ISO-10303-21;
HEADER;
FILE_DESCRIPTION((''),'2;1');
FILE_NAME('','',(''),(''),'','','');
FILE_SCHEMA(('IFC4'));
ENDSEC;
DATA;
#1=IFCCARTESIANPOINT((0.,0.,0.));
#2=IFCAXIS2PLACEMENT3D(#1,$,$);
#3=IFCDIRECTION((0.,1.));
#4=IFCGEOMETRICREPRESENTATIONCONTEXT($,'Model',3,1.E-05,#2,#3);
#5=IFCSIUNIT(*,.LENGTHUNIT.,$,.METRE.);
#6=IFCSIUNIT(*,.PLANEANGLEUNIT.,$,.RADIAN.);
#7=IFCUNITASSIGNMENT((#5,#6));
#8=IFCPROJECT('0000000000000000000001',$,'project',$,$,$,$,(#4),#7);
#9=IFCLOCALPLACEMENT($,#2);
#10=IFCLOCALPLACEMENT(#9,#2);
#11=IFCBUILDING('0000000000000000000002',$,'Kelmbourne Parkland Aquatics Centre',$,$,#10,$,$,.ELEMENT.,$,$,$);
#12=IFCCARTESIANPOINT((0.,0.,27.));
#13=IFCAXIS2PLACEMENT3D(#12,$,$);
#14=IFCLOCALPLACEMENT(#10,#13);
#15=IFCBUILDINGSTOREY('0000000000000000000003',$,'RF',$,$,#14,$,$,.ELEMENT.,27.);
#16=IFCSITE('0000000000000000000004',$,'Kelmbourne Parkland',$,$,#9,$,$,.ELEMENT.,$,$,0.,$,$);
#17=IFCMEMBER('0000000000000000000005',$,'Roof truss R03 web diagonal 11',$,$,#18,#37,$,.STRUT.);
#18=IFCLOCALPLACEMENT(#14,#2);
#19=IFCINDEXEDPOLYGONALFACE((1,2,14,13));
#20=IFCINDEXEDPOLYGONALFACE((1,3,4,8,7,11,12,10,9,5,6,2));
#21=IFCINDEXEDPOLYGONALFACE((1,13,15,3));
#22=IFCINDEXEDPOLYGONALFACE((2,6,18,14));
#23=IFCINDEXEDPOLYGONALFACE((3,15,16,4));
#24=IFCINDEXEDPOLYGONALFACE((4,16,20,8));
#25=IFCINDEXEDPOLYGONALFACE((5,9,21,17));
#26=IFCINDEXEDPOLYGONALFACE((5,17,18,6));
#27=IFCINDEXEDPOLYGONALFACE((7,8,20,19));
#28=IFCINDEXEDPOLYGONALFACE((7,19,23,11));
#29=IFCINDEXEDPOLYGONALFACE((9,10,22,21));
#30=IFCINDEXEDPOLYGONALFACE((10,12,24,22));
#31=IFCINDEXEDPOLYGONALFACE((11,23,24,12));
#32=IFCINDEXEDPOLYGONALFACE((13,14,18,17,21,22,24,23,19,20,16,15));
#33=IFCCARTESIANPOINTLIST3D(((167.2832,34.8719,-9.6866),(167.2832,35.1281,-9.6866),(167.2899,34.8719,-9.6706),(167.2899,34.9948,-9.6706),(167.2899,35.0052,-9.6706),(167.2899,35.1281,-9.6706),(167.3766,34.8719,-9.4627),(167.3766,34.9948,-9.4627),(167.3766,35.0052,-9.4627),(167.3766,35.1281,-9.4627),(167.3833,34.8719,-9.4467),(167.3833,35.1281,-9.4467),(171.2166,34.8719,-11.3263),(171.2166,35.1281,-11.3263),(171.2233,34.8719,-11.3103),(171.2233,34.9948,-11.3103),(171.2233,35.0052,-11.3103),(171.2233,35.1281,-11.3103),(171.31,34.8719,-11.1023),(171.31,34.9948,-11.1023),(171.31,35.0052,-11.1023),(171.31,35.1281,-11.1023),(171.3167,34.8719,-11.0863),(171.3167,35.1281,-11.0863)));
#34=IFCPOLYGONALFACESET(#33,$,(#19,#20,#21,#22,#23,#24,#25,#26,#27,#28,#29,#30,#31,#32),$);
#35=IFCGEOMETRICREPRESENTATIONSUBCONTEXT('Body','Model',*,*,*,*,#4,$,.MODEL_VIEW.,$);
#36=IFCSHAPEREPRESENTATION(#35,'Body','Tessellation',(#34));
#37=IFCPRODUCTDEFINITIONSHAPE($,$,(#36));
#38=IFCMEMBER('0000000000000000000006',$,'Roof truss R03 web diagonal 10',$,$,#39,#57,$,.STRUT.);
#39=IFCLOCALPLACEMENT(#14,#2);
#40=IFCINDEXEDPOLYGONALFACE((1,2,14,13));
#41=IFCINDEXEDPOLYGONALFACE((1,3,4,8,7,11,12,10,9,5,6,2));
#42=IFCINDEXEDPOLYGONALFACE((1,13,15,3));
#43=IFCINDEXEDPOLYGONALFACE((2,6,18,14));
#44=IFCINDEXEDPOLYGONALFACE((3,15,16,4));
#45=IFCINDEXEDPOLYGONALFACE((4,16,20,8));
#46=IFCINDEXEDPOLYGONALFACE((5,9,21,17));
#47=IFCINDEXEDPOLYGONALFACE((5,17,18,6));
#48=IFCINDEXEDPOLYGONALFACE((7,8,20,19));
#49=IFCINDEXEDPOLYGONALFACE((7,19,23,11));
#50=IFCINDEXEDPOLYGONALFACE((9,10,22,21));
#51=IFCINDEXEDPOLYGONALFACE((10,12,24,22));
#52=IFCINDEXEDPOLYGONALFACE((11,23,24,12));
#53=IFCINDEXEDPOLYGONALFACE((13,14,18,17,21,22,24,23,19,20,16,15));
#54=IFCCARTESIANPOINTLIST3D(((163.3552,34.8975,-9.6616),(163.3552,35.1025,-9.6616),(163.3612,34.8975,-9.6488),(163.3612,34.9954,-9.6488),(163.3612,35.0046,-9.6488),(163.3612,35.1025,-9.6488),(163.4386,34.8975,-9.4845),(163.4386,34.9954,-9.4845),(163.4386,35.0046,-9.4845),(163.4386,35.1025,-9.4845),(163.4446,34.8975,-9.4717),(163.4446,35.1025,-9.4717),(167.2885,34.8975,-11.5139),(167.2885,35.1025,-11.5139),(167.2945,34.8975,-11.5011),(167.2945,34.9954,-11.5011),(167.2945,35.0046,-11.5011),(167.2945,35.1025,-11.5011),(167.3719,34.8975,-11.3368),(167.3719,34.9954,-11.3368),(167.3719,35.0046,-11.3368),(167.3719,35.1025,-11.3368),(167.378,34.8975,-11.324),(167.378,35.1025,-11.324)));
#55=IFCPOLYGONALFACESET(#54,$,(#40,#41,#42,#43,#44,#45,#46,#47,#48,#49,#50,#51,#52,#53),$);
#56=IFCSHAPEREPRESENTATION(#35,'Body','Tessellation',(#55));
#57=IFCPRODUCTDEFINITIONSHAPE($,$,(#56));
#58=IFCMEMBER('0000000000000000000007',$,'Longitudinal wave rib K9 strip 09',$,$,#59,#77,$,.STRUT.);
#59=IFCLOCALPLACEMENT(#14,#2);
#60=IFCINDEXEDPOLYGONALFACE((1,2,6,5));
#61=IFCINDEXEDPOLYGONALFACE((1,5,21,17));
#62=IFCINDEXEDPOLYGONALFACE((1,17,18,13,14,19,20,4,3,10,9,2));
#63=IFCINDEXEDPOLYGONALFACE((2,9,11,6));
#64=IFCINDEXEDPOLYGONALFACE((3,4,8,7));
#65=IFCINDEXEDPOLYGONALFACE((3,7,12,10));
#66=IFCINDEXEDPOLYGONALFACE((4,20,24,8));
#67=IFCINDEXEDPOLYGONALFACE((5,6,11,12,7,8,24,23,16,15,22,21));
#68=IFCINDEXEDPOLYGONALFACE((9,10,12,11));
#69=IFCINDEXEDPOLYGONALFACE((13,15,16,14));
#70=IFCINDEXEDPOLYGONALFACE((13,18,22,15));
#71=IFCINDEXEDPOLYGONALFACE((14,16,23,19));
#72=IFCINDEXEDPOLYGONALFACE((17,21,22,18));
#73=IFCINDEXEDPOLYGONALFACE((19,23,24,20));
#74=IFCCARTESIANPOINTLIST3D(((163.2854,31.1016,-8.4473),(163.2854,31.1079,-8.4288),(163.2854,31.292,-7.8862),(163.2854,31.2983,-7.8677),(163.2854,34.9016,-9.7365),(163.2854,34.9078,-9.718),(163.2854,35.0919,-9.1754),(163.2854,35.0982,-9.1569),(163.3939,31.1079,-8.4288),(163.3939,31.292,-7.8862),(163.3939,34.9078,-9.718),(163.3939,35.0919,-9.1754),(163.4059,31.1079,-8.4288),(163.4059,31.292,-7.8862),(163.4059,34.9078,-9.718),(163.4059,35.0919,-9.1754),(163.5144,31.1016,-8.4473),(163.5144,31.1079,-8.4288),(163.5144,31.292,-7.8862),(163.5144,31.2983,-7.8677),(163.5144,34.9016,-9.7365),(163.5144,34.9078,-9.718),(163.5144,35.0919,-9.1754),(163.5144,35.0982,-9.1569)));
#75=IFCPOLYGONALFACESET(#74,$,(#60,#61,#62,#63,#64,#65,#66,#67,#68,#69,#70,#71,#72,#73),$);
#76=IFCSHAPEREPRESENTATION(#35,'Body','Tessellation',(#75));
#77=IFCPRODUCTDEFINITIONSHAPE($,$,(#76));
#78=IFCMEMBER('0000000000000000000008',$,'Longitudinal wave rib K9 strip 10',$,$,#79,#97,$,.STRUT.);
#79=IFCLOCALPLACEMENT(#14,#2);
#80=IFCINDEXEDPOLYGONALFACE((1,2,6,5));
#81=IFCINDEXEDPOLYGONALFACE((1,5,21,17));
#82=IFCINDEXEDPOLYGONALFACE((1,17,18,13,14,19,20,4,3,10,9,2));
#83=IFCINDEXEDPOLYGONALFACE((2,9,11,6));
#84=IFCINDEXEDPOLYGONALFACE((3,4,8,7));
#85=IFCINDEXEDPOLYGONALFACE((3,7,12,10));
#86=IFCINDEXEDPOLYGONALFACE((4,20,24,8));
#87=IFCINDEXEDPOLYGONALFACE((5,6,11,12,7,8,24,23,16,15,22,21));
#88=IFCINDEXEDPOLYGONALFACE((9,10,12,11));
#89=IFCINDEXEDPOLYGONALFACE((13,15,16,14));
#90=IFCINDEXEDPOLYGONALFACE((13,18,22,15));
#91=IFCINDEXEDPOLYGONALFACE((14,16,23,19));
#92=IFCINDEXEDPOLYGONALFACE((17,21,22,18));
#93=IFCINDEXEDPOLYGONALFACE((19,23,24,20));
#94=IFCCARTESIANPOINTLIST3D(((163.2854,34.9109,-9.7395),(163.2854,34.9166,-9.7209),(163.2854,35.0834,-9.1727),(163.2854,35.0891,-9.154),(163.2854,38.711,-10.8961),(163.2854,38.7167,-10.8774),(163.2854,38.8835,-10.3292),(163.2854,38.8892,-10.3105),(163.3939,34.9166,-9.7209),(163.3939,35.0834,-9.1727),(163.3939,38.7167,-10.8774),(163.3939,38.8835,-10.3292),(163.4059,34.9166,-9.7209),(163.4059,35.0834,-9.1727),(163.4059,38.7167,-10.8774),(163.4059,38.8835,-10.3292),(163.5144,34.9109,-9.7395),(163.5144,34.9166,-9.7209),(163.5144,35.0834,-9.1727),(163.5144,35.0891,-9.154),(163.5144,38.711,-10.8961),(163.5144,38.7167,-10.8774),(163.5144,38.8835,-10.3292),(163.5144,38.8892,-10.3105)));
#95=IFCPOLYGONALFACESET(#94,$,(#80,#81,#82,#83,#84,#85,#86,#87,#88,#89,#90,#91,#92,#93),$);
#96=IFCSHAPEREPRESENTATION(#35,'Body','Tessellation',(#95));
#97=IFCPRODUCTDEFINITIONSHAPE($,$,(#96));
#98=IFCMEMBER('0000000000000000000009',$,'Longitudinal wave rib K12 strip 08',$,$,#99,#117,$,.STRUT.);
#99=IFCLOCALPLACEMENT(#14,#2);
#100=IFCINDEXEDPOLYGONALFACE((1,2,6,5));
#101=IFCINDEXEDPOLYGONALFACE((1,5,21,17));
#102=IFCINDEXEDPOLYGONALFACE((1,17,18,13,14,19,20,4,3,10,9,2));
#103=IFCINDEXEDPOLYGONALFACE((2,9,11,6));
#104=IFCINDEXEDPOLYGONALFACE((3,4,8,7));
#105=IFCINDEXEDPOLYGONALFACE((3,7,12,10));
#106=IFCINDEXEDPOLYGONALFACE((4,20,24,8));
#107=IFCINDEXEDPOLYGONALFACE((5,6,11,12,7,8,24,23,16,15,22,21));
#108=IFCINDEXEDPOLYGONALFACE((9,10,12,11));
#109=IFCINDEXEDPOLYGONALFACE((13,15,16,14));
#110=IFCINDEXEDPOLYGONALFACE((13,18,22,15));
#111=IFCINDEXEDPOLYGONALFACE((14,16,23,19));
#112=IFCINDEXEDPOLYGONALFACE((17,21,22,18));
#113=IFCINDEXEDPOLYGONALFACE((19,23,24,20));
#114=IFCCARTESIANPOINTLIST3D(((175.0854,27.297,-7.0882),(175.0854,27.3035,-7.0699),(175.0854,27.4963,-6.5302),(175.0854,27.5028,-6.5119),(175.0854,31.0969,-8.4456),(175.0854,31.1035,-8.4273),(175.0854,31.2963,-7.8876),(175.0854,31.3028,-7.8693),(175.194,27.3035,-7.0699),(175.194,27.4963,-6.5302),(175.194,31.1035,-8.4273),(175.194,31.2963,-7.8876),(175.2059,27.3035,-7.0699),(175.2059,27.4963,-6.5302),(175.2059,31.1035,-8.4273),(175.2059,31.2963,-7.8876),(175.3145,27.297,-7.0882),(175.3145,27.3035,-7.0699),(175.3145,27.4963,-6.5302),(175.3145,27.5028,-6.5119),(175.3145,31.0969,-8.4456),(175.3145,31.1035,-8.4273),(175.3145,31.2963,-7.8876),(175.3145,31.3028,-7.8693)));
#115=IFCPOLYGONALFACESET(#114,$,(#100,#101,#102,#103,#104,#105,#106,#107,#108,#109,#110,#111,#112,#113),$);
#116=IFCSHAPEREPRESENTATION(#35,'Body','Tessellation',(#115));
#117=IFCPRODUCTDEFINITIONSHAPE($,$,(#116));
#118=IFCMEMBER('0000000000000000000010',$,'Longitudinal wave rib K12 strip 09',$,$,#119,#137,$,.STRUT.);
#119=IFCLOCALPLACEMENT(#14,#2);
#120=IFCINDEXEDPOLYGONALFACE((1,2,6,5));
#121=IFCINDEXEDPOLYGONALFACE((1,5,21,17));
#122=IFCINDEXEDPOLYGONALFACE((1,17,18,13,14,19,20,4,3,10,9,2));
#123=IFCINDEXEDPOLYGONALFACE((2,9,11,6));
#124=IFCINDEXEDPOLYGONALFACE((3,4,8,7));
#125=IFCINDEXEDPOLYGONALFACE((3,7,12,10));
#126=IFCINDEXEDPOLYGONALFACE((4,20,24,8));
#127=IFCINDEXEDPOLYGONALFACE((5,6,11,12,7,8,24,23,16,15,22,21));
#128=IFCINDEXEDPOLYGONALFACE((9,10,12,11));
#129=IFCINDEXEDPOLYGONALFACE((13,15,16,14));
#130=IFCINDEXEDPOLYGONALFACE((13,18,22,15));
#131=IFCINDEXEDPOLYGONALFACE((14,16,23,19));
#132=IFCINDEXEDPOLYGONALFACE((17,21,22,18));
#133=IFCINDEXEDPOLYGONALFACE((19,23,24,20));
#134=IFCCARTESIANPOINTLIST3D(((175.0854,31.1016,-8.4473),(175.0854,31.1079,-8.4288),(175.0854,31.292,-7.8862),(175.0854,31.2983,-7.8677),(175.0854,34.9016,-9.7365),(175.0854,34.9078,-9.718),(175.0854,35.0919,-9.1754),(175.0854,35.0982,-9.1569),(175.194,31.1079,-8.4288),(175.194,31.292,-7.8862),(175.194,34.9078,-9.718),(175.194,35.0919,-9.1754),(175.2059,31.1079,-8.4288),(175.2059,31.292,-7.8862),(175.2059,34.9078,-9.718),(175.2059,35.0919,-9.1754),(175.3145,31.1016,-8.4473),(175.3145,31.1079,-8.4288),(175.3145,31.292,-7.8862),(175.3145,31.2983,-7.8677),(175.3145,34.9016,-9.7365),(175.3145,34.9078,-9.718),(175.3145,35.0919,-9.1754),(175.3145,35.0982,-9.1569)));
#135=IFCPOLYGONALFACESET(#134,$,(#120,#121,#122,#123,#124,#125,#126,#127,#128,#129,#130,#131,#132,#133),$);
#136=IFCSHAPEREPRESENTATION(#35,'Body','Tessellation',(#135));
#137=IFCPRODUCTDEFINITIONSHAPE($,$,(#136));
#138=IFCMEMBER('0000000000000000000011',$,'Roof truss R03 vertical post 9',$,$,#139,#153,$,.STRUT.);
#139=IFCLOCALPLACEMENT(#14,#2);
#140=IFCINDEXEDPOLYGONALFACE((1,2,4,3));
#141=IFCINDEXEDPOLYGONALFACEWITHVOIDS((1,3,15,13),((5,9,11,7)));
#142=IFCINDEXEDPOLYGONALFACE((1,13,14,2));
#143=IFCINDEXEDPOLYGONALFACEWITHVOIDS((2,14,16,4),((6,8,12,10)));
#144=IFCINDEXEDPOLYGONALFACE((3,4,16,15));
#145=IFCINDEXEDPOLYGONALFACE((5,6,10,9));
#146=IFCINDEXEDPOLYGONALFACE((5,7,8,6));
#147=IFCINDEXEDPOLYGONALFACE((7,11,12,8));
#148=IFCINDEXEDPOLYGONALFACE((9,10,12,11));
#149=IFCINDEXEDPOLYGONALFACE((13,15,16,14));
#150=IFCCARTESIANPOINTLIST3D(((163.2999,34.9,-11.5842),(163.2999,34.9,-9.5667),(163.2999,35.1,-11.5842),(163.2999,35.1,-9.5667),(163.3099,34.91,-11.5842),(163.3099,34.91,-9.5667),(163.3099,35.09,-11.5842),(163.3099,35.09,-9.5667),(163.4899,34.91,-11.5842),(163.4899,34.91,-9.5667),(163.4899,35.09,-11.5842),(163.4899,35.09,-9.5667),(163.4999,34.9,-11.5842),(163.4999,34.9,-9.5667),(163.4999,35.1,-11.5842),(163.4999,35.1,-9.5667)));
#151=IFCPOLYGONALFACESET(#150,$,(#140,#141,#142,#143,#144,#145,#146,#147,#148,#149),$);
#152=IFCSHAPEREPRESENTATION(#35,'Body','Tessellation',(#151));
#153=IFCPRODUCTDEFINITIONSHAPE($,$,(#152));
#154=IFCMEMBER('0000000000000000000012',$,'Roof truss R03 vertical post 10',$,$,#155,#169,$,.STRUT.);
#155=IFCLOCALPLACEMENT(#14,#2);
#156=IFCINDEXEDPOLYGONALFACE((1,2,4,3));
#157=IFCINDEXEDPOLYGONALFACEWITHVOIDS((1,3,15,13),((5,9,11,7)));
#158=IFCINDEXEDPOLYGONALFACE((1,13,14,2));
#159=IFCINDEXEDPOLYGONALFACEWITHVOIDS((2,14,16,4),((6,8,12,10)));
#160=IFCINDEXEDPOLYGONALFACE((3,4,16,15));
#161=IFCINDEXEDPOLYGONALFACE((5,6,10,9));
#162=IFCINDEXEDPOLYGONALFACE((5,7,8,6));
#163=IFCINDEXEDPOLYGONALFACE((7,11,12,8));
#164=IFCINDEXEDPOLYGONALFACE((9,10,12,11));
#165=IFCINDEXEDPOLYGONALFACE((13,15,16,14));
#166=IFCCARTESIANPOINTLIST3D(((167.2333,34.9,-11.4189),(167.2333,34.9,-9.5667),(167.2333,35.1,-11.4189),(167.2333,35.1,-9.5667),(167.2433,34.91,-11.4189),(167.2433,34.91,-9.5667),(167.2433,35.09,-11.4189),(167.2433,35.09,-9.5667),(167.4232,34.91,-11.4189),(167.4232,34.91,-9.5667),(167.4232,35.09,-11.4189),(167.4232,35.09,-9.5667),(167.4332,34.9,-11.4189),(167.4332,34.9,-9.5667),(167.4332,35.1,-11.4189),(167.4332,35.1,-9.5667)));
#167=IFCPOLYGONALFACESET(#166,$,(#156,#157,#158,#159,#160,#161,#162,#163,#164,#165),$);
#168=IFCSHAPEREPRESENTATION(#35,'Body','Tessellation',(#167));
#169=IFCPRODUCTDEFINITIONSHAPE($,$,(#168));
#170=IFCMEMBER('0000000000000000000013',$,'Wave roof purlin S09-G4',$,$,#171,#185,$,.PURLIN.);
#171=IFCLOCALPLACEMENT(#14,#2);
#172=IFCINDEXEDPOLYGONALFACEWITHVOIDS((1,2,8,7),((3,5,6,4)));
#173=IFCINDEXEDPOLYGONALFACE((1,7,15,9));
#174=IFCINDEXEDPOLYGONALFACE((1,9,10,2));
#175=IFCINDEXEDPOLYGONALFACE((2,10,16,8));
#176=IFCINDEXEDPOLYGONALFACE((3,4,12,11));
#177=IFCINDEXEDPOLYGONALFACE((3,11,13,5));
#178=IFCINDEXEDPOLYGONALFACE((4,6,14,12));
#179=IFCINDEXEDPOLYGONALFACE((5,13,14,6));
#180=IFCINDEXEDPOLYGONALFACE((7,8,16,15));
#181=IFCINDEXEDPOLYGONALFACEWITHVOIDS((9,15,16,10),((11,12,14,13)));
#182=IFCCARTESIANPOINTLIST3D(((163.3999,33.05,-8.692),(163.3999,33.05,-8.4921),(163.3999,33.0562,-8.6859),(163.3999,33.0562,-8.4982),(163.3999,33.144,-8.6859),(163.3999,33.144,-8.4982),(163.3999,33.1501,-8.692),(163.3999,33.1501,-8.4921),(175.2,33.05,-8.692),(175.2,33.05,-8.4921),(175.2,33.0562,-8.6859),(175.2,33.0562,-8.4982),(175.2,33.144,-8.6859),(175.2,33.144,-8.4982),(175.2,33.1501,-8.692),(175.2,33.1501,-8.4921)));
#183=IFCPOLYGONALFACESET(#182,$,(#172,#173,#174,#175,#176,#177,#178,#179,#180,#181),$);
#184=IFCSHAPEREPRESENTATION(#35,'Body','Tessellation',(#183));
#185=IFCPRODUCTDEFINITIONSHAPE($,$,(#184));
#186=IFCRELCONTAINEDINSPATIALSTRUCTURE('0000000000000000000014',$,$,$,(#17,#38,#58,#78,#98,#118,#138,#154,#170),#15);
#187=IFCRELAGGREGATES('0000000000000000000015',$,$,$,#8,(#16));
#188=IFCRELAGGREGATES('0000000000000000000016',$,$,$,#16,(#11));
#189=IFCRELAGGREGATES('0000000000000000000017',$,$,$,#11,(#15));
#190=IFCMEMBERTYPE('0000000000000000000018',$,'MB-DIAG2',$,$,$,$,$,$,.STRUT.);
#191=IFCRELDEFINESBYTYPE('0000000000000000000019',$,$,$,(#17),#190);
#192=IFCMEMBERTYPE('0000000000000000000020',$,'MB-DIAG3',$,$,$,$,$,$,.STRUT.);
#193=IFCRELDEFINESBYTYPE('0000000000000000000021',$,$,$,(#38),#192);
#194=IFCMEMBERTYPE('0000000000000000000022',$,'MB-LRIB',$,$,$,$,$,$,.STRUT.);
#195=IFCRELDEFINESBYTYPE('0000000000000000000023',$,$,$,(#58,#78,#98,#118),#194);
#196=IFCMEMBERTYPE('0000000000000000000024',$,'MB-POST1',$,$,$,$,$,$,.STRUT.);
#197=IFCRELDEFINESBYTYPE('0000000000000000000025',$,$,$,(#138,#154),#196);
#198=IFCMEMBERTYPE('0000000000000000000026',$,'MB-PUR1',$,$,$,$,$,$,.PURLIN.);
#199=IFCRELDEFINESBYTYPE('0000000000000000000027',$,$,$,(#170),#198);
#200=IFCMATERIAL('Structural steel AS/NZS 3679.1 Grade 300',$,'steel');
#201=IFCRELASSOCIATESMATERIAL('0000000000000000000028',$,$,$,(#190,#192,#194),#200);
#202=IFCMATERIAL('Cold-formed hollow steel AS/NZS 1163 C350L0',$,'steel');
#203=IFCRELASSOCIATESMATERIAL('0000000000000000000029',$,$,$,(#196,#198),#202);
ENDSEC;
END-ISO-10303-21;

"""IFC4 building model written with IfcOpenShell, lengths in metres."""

from ifc_helpers import new_model, si_unit, direction, frame, origin, origin_2d, place, context, subcontext, project, spatial, hollow_rectangle, i_section, extrude, material, material_profile, profile_set, type_object, element, save


model = new_model("IFC4")

# Units and contexts
model_context = context("Model", 3, precision=1e-05, world=origin(), true_north=direction((0.0, 1.0)))
body_context = subcontext(model_context, "Body", "Model", "MODEL_VIEW")
ifc_project = project(units=[si_unit("LENGTHUNIT", "METRE"), si_unit("PLANEANGLEUNIT", "RADIAN")], contexts=[model_context])

# Site, building, storey
site_placement = place(None, origin())
site = spatial("IfcSite", under=ifc_project, at=site_placement, Name="Kelmbourne Parkland", CompositionType="ELEMENT", RefElevation=0.0)
building_placement = place(site_placement, origin())
building = spatial("IfcBuilding", under=site, at=building_placement, Name="Kelmbourne Parkland Aquatics Centre", CompositionType="ELEMENT")
storey_placement = place(building_placement, frame((0.0, 0.0, 27.0)))
storey = spatial("IfcBuildingStorey", under=building, at=storey_placement, Name="RF", CompositionType="ELEMENT", Elevation=27.0)

# Members
ifc_material_1 = material(Name="Structural steel AS/NZS 3679.1 Grade 300", Category="steel")
ifc_material_profile_1 = material_profile(ifc_material_1, i_section(OverallWidth=0.2561, OverallDepth=0.26, WebThickness=0.0105, FlangeThickness=0.0173, at=origin_2d()), Name="250UC89.5")
ifc_profile_set_1 = profile_set([ifc_material_profile_1], Name="Structural steel AS/NZS 3679.1 Grade 300")
member_type_1 = type_object("IfcMemberType", Name="MB-DIAG2", PredefinedType="STRUT", material=ifc_profile_set_1)
member_1_placement = place(storey_placement, frame((167.3333, 35.0, -9.5667), z_axis=(0.923014, 0.0, -0.384766), x_axis=(0.0, 1.0, 0.0)))
element("IfcMember", 1, at=member_1_placement, inside=storey, type_object=member_type_1, Name="Roof truss R03 web diagonal 11", PredefinedType="STRUT", context=body_context, shape_type="SweptSolid", body=[
    extrude(i_section(OverallWidth=0.2561, OverallDepth=0.26, WebThickness=0.0105, FlangeThickness=0.0173, at=origin_2d()), origin(), (0.0, 0.0, 1.0), 4.2615),
])
ifc_material_profile_2 = material_profile(ifc_material_1, i_section(OverallWidth=0.2051, OverallDepth=0.21, WebThickness=0.0093, FlangeThickness=0.0142, at=origin_2d()), Name="200UC59.5")
ifc_profile_set_2 = profile_set([ifc_material_profile_2], Name="Structural steel AS/NZS 3679.1 Grade 300")
member_type_2 = type_object("IfcMemberType", Name="MB-DIAG3", PredefinedType="STRUT", material=ifc_profile_set_2)
member_2_placement = place(storey_placement, frame((163.3999, 35.0, -9.5667), z_axis=(0.904703, 0.0, -0.426043), x_axis=(0.0, 1.0, 0.0)))
element("IfcMember", 2, at=member_2_placement, inside=storey, type_object=member_type_2, Name="Roof truss R03 web diagonal 10", PredefinedType="STRUT", context=body_context, shape_type="SweptSolid", body=[
    extrude(i_section(OverallWidth=0.2051, OverallDepth=0.21, WebThickness=0.0093, FlangeThickness=0.0142, at=origin_2d()), origin(), (0.0, 0.0, 1.0), 4.3477),
])
ifc_material_profile_3 = material_profile(ifc_material_1, i_section(OverallWidth=0.229, OverallDepth=0.6121, WebThickness=0.012, FlangeThickness=0.0195, at=origin_2d()), Name="610UB125")
ifc_profile_set_3 = profile_set([ifc_material_profile_3], Name="Structural steel AS/NZS 3679.1 Grade 300")
member_type_3 = type_object("IfcMemberType", Name="MB-LRIB", PredefinedType="STRUT", material=ifc_profile_set_3)
member_3_placement = place(storey_placement, frame((163.3999, 31.2, -8.1575), z_axis=(0.0, 0.946978, -0.321297), x_axis=(-1.0, 0.0, 0.0)))
element("IfcMember", 3, at=member_3_placement, inside=storey, type_object=member_type_3, Name="Longitudinal wave rib K9 strip 09", PredefinedType="STRUT", context=body_context, shape_type="SweptSolid", body=[
    extrude(i_section(OverallWidth=0.229, OverallDepth=0.6121, WebThickness=0.012, FlangeThickness=0.0195, at=origin_2d()), origin(), (0.0, 0.0, 1.0), 4.0127),
])
member_4_placement = place(storey_placement, frame((163.3999, 35.0, -9.4468), z_axis=(0.0, 0.956677, -0.291152), x_axis=(-1.0, 0.0, 0.0)))
element("IfcMember", 4, at=member_4_placement, inside=storey, type_object=member_type_3, Name="Longitudinal wave rib K9 strip 10", PredefinedType="STRUT", context=body_context, shape_type="SweptSolid", body=[
    extrude(i_section(OverallWidth=0.229, OverallDepth=0.6121, WebThickness=0.012, FlangeThickness=0.0195, at=origin_2d()), origin(), (0.0, 0.0, 1.0), 3.9722),
])
member_5_placement = place(storey_placement, frame((175.2, 27.3999, -6.8), z_axis=(0.0, 0.941721, -0.336394), x_axis=(-1.0, 0.0, 0.0)))
element("IfcMember", 5, at=member_5_placement, inside=storey, type_object=member_type_3, Name="Longitudinal wave rib K12 strip 08", PredefinedType="STRUT", context=body_context, shape_type="SweptSolid", body=[
    extrude(i_section(OverallWidth=0.229, OverallDepth=0.6121, WebThickness=0.012, FlangeThickness=0.0195, at=origin_2d()), origin(), (0.0, 0.0, 1.0), 4.0352),
])
member_6_placement = place(storey_placement, frame((175.2, 31.2, -8.1575), z_axis=(0.0, 0.946978, -0.321297), x_axis=(-1.0, 0.0, 0.0)))
element("IfcMember", 6, at=member_6_placement, inside=storey, type_object=member_type_3, Name="Longitudinal wave rib K12 strip 09", PredefinedType="STRUT", context=body_context, shape_type="SweptSolid", body=[
    extrude(i_section(OverallWidth=0.229, OverallDepth=0.6121, WebThickness=0.012, FlangeThickness=0.0195, at=origin_2d()), origin(), (0.0, 0.0, 1.0), 4.0127),
])
ifc_material_2 = material(Name="Cold-formed hollow steel AS/NZS 1163 C350L0", Category="steel")
ifc_material_profile_4 = material_profile(ifc_material_2, hollow_rectangle(XDim=0.2, YDim=0.2, WallThickness=0.01, at=origin_2d()), Name="SHS 200x200x10.0")
ifc_profile_set_4 = profile_set([ifc_material_profile_4], Name="Cold-formed hollow steel AS/NZS 1163 C350L0")
member_type_4 = type_object("IfcMemberType", Name="MB-POST1", PredefinedType="STRUT", material=ifc_profile_set_4)
member_7_placement = place(storey_placement, frame((163.3999, 35.0, -11.5842), z_axis=(0.0, 0.0, 1.0), x_axis=(1.0, 0.0, 0.0)))
element("IfcMember", 7, at=member_7_placement, inside=storey, type_object=member_type_4, Name="Roof truss R03 vertical post 9", PredefinedType="STRUT", context=body_context, shape_type="SweptSolid", body=[
    extrude(hollow_rectangle(XDim=0.2, YDim=0.2, WallThickness=0.01, at=origin_2d()), origin(), (0.0, 0.0, 1.0), 2.0176),
])
member_8_placement = place(storey_placement, frame((167.3333, 35.0, -11.4189), z_axis=(0.0, 0.0, 1.0), x_axis=(1.0, 0.0, 0.0)))
element("IfcMember", 8, at=member_8_placement, inside=storey, type_object=member_type_4, Name="Roof truss R03 vertical post 10", PredefinedType="STRUT", context=body_context, shape_type="SweptSolid", body=[
    extrude(hollow_rectangle(XDim=0.2, YDim=0.2, WallThickness=0.01, at=origin_2d()), origin(), (0.0, 0.0, 1.0), 1.8523),
])
ifc_material_profile_5 = material_profile(ifc_material_2, hollow_rectangle(XDim=0.1001, YDim=0.2, WallThickness=0.0061, at=origin_2d()), Name="RHS 200x100x6.0")
ifc_profile_set_5 = profile_set([ifc_material_profile_5], Name="Cold-formed hollow steel AS/NZS 1163 C350L0")
member_type_5 = type_object("IfcMemberType", Name="MB-PUR1", PredefinedType="PURLIN", material=ifc_profile_set_5)
member_9_placement = place(storey_placement, frame((163.3999, 33.1001, -8.592), z_axis=(1.0, 0.0, 0.0), x_axis=(0.0, 1.0, 0.0)))
element("IfcMember", 9, at=member_9_placement, inside=storey, type_object=member_type_5, Name="Wave roof purlin S09-G4", PredefinedType="PURLIN", context=body_context, shape_type="SweptSolid", body=[
    extrude(hollow_rectangle(XDim=0.1001, YDim=0.2, WallThickness=0.0061, at=origin_2d()), origin(), (0.0, 0.0, 1.0), 11.8),
])

save(model, "model.ifc")
